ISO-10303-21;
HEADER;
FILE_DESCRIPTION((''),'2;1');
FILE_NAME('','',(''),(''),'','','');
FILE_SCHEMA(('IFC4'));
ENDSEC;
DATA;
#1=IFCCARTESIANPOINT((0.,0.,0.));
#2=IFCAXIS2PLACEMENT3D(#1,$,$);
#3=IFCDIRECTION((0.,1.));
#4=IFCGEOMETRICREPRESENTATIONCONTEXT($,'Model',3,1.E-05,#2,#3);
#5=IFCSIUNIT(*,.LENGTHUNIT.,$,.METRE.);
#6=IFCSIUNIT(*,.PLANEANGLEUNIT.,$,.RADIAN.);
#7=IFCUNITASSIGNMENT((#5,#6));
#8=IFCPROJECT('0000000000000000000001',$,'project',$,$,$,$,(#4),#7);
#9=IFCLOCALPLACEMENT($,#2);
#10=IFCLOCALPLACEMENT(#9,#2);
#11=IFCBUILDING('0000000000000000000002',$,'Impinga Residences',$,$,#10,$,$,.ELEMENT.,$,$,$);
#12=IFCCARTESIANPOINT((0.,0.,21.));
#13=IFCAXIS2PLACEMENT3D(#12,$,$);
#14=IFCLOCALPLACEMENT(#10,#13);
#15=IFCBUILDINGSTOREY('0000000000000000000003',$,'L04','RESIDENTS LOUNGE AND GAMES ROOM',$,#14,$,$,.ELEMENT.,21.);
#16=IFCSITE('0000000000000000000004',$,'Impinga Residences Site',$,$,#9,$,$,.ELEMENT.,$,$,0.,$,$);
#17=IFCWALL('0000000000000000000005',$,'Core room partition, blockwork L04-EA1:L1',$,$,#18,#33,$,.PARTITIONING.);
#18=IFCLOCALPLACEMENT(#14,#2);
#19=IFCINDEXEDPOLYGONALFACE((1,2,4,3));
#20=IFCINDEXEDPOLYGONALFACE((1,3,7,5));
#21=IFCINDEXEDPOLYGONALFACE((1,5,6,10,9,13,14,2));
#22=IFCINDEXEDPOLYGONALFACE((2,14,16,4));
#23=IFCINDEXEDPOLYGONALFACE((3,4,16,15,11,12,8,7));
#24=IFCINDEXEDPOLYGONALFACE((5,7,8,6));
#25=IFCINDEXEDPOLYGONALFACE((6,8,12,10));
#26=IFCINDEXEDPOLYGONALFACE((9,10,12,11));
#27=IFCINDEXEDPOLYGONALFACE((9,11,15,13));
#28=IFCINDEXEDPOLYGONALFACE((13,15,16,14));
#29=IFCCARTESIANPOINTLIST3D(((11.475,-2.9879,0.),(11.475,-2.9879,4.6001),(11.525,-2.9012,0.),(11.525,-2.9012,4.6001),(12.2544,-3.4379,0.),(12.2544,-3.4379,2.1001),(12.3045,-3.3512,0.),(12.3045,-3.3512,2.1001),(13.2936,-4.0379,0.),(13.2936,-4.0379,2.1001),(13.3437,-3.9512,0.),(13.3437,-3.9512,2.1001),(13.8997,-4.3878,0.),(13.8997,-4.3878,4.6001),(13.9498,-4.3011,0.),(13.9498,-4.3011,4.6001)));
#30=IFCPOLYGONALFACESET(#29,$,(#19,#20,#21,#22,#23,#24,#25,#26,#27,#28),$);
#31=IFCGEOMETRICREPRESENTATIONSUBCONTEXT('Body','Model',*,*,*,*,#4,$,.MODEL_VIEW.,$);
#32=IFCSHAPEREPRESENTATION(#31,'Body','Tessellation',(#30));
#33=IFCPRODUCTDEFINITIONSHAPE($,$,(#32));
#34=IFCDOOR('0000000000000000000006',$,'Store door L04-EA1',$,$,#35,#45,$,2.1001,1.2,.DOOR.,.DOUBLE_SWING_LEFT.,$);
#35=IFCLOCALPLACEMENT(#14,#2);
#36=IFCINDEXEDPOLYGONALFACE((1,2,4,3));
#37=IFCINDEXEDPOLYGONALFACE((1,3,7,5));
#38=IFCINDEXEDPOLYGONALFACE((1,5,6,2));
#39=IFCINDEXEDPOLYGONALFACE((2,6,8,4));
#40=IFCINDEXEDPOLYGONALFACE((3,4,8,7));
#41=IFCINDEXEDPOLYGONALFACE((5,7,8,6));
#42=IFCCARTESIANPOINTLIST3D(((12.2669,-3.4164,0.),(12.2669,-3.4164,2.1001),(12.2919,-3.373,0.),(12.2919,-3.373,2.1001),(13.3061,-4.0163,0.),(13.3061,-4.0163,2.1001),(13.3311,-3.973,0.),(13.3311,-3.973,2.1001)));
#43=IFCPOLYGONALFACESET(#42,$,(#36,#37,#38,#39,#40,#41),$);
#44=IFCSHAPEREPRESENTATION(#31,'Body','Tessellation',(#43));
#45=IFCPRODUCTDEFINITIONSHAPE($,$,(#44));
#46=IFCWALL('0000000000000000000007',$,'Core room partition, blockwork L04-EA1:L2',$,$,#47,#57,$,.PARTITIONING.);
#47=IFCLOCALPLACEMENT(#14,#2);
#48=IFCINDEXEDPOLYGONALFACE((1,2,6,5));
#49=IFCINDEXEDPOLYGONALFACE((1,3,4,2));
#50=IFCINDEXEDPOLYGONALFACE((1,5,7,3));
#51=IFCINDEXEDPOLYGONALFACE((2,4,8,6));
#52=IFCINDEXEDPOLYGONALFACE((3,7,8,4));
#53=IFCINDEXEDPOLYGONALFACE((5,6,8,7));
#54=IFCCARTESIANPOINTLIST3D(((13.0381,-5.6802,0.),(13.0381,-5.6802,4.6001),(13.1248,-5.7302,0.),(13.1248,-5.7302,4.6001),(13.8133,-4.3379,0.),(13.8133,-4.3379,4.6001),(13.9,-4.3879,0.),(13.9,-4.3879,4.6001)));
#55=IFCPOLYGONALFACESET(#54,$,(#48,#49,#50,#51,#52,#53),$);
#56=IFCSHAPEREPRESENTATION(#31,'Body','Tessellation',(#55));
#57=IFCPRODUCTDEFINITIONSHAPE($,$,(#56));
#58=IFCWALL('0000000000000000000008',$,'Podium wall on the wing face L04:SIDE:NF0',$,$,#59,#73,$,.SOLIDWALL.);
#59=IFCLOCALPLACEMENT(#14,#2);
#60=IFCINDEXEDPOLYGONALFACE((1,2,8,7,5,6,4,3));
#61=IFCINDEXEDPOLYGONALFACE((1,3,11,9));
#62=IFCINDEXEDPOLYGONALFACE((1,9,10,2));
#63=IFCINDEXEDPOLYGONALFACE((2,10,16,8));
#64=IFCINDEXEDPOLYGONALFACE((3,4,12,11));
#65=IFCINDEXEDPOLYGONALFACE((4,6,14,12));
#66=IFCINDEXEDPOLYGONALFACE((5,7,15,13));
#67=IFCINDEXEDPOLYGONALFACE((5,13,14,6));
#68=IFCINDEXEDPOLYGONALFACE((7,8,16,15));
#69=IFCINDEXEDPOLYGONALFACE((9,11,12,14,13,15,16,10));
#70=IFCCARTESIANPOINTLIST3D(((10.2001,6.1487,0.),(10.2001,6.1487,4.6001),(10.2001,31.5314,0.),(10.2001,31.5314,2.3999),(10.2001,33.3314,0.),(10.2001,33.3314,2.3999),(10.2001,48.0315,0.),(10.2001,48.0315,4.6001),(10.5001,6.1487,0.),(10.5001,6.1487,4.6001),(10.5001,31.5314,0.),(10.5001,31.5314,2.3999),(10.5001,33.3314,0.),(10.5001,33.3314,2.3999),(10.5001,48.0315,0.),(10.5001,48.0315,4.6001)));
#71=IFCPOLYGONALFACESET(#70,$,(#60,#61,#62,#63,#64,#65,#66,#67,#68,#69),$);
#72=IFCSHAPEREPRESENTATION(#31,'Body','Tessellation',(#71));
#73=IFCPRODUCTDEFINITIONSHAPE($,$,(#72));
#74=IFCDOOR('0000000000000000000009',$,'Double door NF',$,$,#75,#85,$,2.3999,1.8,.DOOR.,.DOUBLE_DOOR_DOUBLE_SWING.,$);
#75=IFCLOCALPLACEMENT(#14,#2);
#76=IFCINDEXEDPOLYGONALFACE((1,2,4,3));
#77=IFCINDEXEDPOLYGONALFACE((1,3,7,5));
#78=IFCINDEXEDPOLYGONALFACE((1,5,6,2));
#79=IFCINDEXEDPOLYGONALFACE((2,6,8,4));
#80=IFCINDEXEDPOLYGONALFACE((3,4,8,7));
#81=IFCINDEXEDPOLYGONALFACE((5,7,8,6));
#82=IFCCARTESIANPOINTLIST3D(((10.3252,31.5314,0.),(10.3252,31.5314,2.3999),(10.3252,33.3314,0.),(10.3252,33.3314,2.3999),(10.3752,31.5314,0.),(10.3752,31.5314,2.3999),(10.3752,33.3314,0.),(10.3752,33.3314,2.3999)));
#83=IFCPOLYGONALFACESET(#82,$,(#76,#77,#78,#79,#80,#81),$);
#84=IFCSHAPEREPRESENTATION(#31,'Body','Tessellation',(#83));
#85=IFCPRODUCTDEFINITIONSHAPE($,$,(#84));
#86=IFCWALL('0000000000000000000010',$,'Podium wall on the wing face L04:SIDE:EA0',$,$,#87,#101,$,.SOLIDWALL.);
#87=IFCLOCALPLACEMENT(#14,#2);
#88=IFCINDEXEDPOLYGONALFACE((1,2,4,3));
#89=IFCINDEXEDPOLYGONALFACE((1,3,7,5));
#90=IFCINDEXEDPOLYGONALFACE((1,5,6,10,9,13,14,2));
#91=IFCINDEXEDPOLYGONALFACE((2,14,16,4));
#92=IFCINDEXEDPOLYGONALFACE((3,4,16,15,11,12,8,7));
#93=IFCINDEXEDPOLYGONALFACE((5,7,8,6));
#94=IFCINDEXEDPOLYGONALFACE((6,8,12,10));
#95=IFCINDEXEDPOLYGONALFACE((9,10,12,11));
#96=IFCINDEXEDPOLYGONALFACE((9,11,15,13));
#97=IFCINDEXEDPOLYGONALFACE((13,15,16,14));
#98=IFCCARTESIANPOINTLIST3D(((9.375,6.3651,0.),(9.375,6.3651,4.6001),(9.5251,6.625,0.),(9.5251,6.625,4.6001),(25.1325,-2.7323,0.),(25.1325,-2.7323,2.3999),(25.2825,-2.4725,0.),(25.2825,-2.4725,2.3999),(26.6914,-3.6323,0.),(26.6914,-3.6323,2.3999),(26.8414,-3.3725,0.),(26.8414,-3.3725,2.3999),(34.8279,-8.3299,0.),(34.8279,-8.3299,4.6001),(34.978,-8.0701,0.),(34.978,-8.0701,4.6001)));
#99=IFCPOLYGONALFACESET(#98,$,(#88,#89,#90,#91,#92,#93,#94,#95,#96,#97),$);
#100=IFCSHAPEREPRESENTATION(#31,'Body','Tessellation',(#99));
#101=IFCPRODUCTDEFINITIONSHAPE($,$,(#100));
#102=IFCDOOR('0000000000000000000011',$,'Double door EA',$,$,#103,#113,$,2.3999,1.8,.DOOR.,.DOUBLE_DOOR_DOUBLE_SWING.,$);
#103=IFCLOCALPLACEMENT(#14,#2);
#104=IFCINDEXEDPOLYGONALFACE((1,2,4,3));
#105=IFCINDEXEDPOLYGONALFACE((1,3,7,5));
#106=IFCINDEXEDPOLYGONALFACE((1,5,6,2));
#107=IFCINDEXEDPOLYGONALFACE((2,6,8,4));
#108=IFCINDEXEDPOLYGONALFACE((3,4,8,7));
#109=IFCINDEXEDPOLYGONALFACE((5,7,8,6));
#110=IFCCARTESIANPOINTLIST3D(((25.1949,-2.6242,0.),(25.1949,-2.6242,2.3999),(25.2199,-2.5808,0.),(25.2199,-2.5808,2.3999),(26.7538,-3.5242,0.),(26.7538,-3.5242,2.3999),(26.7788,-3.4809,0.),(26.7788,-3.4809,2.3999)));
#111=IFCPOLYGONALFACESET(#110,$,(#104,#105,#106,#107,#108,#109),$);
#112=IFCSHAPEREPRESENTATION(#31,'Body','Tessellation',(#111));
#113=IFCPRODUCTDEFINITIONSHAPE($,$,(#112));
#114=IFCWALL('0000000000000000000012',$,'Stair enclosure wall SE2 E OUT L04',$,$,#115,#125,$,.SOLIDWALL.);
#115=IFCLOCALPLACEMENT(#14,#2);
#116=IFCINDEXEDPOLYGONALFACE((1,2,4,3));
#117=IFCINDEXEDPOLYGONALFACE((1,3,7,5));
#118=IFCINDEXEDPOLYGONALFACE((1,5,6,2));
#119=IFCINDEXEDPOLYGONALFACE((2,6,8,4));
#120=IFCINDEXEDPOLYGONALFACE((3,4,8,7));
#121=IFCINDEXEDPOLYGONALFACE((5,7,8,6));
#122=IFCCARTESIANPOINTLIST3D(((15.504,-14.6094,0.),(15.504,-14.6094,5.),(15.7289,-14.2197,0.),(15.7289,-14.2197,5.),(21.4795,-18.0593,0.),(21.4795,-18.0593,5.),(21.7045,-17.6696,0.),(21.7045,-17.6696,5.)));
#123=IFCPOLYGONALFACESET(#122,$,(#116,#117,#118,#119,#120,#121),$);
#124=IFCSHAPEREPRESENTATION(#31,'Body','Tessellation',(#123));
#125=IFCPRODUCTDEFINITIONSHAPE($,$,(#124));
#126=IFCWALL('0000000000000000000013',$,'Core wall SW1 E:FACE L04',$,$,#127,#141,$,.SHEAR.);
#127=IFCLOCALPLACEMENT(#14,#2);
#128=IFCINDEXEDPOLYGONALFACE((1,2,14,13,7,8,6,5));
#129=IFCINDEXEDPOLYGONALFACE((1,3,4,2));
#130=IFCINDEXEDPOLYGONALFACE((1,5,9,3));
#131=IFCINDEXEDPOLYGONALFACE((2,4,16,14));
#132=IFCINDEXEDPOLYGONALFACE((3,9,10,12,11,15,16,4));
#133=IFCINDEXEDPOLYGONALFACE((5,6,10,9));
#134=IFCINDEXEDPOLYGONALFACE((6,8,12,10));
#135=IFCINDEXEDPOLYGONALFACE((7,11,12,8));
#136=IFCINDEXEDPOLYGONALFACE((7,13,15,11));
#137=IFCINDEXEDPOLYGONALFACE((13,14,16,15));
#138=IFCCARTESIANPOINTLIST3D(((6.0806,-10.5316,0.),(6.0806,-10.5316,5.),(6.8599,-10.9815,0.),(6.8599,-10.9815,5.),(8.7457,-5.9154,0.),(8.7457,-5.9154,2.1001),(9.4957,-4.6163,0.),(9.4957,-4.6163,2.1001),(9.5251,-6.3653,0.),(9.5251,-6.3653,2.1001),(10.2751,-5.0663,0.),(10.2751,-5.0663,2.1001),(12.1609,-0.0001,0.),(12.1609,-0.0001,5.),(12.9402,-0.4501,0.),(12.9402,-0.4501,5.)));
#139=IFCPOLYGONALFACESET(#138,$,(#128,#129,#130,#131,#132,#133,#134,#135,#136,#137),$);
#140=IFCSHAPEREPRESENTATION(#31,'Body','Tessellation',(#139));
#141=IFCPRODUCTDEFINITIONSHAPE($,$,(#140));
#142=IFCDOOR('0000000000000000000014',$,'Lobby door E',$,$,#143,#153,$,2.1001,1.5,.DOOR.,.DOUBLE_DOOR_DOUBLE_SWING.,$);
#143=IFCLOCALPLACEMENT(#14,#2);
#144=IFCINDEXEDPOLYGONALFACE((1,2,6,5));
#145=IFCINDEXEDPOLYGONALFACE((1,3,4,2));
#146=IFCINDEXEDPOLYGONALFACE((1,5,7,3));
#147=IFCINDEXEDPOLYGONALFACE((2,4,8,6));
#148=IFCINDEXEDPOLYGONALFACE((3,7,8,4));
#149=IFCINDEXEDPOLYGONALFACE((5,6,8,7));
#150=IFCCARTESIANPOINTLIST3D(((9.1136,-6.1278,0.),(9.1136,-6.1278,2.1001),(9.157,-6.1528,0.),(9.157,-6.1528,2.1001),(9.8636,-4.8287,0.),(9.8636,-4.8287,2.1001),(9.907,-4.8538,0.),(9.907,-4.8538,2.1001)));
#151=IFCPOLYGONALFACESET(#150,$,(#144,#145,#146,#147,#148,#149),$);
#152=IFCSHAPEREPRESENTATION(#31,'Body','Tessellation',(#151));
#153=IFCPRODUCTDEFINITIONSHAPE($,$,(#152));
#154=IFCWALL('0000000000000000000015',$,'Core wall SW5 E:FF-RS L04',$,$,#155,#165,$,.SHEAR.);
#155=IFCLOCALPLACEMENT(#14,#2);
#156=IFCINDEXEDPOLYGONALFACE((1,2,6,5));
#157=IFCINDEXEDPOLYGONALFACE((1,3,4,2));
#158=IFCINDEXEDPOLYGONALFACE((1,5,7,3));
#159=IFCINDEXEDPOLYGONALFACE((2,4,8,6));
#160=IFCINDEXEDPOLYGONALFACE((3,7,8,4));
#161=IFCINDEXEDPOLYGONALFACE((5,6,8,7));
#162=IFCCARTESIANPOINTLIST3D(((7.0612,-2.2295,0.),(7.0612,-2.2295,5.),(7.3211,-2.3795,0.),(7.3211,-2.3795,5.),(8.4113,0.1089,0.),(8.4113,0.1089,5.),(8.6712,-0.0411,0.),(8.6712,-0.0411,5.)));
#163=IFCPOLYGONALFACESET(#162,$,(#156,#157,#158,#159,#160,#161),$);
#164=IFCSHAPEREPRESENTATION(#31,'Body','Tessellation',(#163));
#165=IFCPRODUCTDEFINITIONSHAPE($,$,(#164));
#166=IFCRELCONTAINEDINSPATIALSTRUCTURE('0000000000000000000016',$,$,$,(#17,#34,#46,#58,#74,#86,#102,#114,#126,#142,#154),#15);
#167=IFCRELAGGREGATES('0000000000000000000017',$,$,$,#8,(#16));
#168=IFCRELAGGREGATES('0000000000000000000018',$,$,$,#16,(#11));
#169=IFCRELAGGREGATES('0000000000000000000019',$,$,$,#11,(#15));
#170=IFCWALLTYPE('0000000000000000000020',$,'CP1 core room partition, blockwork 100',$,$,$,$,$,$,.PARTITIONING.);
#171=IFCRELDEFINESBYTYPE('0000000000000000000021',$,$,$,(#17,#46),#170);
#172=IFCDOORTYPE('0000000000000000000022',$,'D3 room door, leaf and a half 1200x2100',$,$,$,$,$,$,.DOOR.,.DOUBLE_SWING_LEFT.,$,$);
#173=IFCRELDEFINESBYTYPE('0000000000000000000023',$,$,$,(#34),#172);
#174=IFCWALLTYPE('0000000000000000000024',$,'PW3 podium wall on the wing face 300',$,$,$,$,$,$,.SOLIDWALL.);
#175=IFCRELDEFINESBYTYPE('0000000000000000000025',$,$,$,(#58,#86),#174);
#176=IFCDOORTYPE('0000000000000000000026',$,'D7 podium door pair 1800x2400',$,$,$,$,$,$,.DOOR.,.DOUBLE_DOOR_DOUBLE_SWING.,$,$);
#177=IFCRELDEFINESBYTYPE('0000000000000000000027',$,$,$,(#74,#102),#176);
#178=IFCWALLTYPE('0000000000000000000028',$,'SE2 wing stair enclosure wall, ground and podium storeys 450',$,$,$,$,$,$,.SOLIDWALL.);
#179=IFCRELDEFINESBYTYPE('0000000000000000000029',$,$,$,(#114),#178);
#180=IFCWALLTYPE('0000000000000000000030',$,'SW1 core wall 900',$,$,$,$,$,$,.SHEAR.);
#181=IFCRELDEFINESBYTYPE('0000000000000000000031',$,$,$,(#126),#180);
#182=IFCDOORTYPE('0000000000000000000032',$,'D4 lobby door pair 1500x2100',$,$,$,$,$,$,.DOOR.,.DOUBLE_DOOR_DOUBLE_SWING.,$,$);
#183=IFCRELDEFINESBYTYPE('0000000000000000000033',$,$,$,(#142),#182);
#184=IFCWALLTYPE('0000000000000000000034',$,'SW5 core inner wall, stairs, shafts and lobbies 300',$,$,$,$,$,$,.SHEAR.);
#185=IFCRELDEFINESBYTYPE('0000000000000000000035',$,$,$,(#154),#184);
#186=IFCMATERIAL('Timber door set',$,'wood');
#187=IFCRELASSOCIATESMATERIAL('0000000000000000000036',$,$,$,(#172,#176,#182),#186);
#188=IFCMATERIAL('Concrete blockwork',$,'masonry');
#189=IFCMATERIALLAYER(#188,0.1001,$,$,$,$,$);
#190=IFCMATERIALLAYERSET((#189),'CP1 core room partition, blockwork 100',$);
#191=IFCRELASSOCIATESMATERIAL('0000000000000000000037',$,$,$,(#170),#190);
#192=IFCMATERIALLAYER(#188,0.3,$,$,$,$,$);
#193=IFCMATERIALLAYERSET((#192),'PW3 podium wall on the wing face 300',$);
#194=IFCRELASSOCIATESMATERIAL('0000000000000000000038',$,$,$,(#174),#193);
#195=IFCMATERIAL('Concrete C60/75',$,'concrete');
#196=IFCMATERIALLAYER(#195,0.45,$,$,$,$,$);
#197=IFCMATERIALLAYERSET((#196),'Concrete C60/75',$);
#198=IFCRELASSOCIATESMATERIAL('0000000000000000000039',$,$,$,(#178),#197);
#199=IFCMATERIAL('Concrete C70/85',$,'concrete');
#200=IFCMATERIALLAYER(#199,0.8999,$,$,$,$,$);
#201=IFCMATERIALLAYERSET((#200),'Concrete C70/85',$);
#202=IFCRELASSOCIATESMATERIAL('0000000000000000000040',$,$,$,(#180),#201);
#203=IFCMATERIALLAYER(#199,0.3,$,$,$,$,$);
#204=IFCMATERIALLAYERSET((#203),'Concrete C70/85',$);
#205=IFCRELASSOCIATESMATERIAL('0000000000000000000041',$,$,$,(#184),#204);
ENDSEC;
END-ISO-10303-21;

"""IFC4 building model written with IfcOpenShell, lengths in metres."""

from ifc_helpers import new_model, si_unit, direction, frame, frame_2d, origin, place, context, subcontext, project, spatial, rectangle, extrude, material, layer, layer_set, type_object, element, fill, save


model = new_model("IFC4")

# Units and contexts
model_context = context("Model", 3, precision=1e-05, world=origin(), true_north=direction((0.0, 1.0)))
body_context = subcontext(model_context, "Body", "Model", "MODEL_VIEW")
ifc_project = project(units=[si_unit("LENGTHUNIT", "METRE"), si_unit("PLANEANGLEUNIT", "RADIAN")], contexts=[model_context])

# Site, building, storey
site_placement = place(None, origin())
site = spatial("IfcSite", under=ifc_project, at=site_placement, Name="Impinga Residences Site", CompositionType="ELEMENT", RefElevation=0.0)
building_placement = place(site_placement, origin())
building = spatial("IfcBuilding", under=site, at=building_placement, Name="Impinga Residences", CompositionType="ELEMENT")
storey_placement = place(building_placement, frame((0.0, 0.0, 21.0)))
storey = spatial("IfcBuildingStorey", under=building, at=storey_placement, Name="L04", Description="RESIDENTS LOUNGE AND GAMES ROOM", CompositionType="ELEMENT", Elevation=21.0)

# Shared definitions
ifc_material_1 = material(Name="Concrete C70/85", Category="concrete")

# Shared definitions
ifc_material_2 = material(Name="Concrete C60/75", Category="concrete")

# Shared definitions
ifc_material_3 = material(Name="Timber door set", Category="wood")
door_type_1 = type_object("IfcDoorType", Name="D3 room door, leaf and a half 1200x2100", OperationType="DOUBLE_SWING_LEFT", PredefinedType="DOOR", material=ifc_material_3)

# Wall, opening, door
ifc_material_4 = material(Name="Concrete blockwork", Category="masonry")
ifc_layer_1 = layer(ifc_material_4, 0.1001)
ifc_layer_set_1 = layer_set([ifc_layer_1], Name="CP1 core room partition, blockwork 100")
wall_type_1 = type_object("IfcWallType", Name="CP1 core room partition, blockwork 100", PredefinedType="PARTITIONING", material=ifc_layer_set_1)
wall_1_placement = place(storey_placement, frame((11.5, -2.9446, 0.0), z_axis=(0.0, 0.0, 1.0), x_axis=(0.866035, -0.499984, 0.0)))
wall_1 = element("IfcWall", 1, at=wall_1_placement, inside=storey, type_object=wall_type_1, Name="Core room partition, blockwork L04-EA1:L1", PredefinedType="PARTITIONING", context=body_context, shape_type="SweptSolid", body=[
    extrude(rectangle(XDim=2.7998, YDim=0.1001, at=frame_2d((1.3999, 0.0))), origin(), (0.0, 0.0, 1.0), 4.6001),
])
opening_1_placement = place(wall_1_placement, frame((0.8999, 0.0, 0.0)))
opening_1 = element("IfcOpeningElement", 2, at=opening_1_placement, cuts=wall_1, PredefinedType="OPENING", context=body_context, shape_type="SweptSolid", body=[
    extrude(rectangle(XDim=1.2, YDim=2.1001, at=frame_2d((0.6001, 1.05))), frame((0.0, 0.0601, 0.0), z_axis=(0.0, -1.0, 0.0), x_axis=(1.0, 0.0, 0.0)), (0.0, 0.0, 1.0), 0.1201),
])
door_1_placement = place(opening_1_placement, origin())
door_1 = element("IfcDoor", 3, at=door_1_placement, inside=storey, type_object=door_type_1, Name="Store door L04-EA1", OperationType="DOUBLE_SWING_LEFT", OverallHeight=2.1001, OverallWidth=1.2, PredefinedType="DOOR", context=body_context, shape_type="SweptSolid", body=[
    extrude(rectangle(XDim=1.2, YDim=2.1001, at=frame_2d((0.6001, 1.05))), frame((0.0, 0.0249, 0.0), z_axis=(0.0, -1.0, 0.0), x_axis=(1.0, 0.0, 0.0)), (0.0, 0.0, 1.0), 0.05),
])
fill(opening_1, door_1)

# Wall
wall_2_placement = place(storey_placement, frame((13.0815, -5.7051, 0.0), z_axis=(0.0, 0.0, 1.0), x_axis=(0.500086, 0.865976, 0.0)))
element("IfcWall", 4, at=wall_2_placement, inside=storey, type_object=wall_type_1, Name="Core room partition, blockwork L04-EA1:L2", PredefinedType="PARTITIONING", context=body_context, shape_type="SweptSolid", body=[
    extrude(rectangle(XDim=1.55, YDim=0.1001, at=frame_2d((0.7749, 0.0))), origin(), (0.0, 0.0, 1.0), 4.6001),
])

# Walls, openings, doors
ifc_layer_2 = layer(ifc_material_4, 0.3)
ifc_layer_set_2 = layer_set([ifc_layer_2], Name="PW3 podium wall on the wing face 300")
wall_type_2 = type_object("IfcWallType", Name="PW3 podium wall on the wing face 300", PredefinedType="SOLIDWALL", material=ifc_layer_set_2)
wall_3_placement = place(storey_placement, frame((10.3501, 6.1487, 0.0), z_axis=(0.0, 0.0, 1.0), x_axis=(0.0, 1.0, 0.0)))
wall_3 = element("IfcWall", 5, at=wall_3_placement, inside=storey, type_object=wall_type_2, Name="Podium wall on the wing face L04:SIDE:NF0", PredefinedType="SOLIDWALL", context=body_context, shape_type="SweptSolid", body=[
    extrude(rectangle(XDim=41.8828, YDim=0.3, at=frame_2d((20.9414, 0.0))), origin(), (0.0, 0.0, 1.0), 4.6001),
])
opening_2_placement = place(wall_3_placement, frame((25.3828, 0.0, 0.0)))
opening_2 = element("IfcOpeningElement", 6, at=opening_2_placement, cuts=wall_3, PredefinedType="OPENING", context=body_context, shape_type="SweptSolid", body=[
    extrude(rectangle(XDim=1.8, YDim=2.3999, at=frame_2d((0.8999, 1.2))), frame((0.0, 0.1599, 0.0), z_axis=(0.0, -1.0, 0.0), x_axis=(1.0, 0.0, 0.0)), (0.0, 0.0, 1.0), 0.3201),
])
door_type_2 = type_object("IfcDoorType", Name="D7 podium door pair 1800x2400", OperationType="DOUBLE_DOOR_DOUBLE_SWING", PredefinedType="DOOR", material=ifc_material_3)
door_2_placement = place(opening_2_placement, origin())
door_2 = element("IfcDoor", 7, at=door_2_placement, inside=storey, type_object=door_type_2, Name="Double door NF", OperationType="DOUBLE_DOOR_DOUBLE_SWING", OverallHeight=2.3999, OverallWidth=1.8, PredefinedType="DOOR", context=body_context, shape_type="SweptSolid", body=[
    extrude(rectangle(XDim=1.8, YDim=2.3999, at=frame_2d((0.8999, 1.2))), frame((0.0, 0.0249, 0.0), z_axis=(0.0, -1.0, 0.0), x_axis=(1.0, 0.0, 0.0)), (0.0, 0.0, 1.0), 0.05),
])
fill(opening_2, door_2)
wall_4_placement = place(storey_placement, frame((9.45, 6.4951, 0.0), z_axis=(0.0, 0.0, 1.0), x_axis=(0.866028, -0.499996, 0.0)))
wall_4 = element("IfcWall", 8, at=wall_4_placement, inside=storey, type_object=wall_type_2, Name="Podium wall on the wing face L04:SIDE:EA0", PredefinedType="SOLIDWALL", context=body_context, shape_type="SweptSolid", body=[
    extrude(rectangle(XDim=29.3904, YDim=0.3, at=frame_2d((14.6953, 0.0))), origin(), (0.0, 0.0, 1.0), 4.6001),
])
opening_3_placement = place(wall_4_placement, frame((18.1953, 0.0, 0.0)))
opening_3 = element("IfcOpeningElement", 9, at=opening_3_placement, cuts=wall_4, PredefinedType="OPENING", context=body_context, shape_type="SweptSolid", body=[
    extrude(rectangle(XDim=1.8, YDim=2.3999, at=frame_2d((0.8999, 1.2))), frame((0.0, 0.1599, 0.0), z_axis=(0.0, -1.0, 0.0), x_axis=(1.0, 0.0, 0.0)), (0.0, 0.0, 1.0), 0.3201),
])
door_3_placement = place(opening_3_placement, origin())
door_3 = element("IfcDoor", 10, at=door_3_placement, inside=storey, type_object=door_type_2, Name="Double door EA", OperationType="DOUBLE_DOOR_DOUBLE_SWING", OverallHeight=2.3999, OverallWidth=1.8, PredefinedType="DOOR", context=body_context, shape_type="SweptSolid", body=[
    extrude(rectangle(XDim=1.8, YDim=2.3999, at=frame_2d((0.8999, 1.2))), frame((0.0, 0.0249, 0.0), z_axis=(0.0, -1.0, 0.0), x_axis=(1.0, 0.0, 0.0)), (0.0, 0.0, 1.0), 0.05),
])
fill(opening_3, door_3)

# Wall
ifc_layer_3 = layer(ifc_material_2, 0.45)
ifc_layer_set_3 = layer_set([ifc_layer_3], Name="Concrete C60/75")
wall_type_3 = type_object("IfcWallType", Name="SE2 wing stair enclosure wall, ground and podium storeys 450", PredefinedType="SOLIDWALL", material=ifc_layer_set_3)
wall_5_placement = place(storey_placement, frame((15.6165, -14.4146, 0.0), z_axis=(0.0, 0.0, 1.0), x_axis=(0.866029, -0.499994, 0.0)))
element("IfcWall", 11, at=wall_5_placement, inside=storey, type_object=wall_type_3, Name="Stair enclosure wall SE2 E OUT L04", PredefinedType="SOLIDWALL", context=body_context, shape_type="SweptSolid", body=[
    extrude(rectangle(XDim=6.8999, YDim=0.45, at=frame_2d((3.45, 0.0))), origin(), (0.0, 0.0, 1.0), 5.0),
])

# Wall, opening, door
ifc_layer_4 = layer(ifc_material_1, 0.8999)
ifc_layer_set_4 = layer_set([ifc_layer_4], Name="Concrete C70/85")
wall_type_4 = type_object("IfcWallType", Name="SW1 core wall 900", PredefinedType="SHEAR", material=ifc_layer_set_4)
wall_6_placement = place(storey_placement, frame((12.5505, -0.2251, 0.0), z_axis=(0.0, 0.0, 1.0), x_axis=(-0.499998, -0.866027, 0.0)))
wall_6 = element("IfcWall", 12, at=wall_6_placement, inside=storey, type_object=wall_type_4, Name="Core wall SW1 E:FACE L04", PredefinedType="SHEAR", context=body_context, shape_type="SweptSolid", body=[
    extrude(rectangle(XDim=12.1606, YDim=0.8999, at=frame_2d((6.0803, 0.0))), origin(), (0.0, 0.0, 1.0), 5.0),
])
opening_4_placement = place(wall_6_placement, frame((5.3303, 0.0, 0.0)))
opening_4 = element("IfcOpeningElement", 13, at=opening_4_placement, cuts=wall_6, PredefinedType="OPENING", context=body_context, shape_type="SweptSolid", body=[
    extrude(rectangle(XDim=1.5, YDim=2.1001, at=frame_2d((0.75, 1.05))), frame((0.0, 0.46, 0.0), z_axis=(0.0, -1.0, 0.0), x_axis=(1.0, 0.0, 0.0)), (0.0, 0.0, 1.0), 0.9199),
])
door_type_3 = type_object("IfcDoorType", Name="D4 lobby door pair 1500x2100", OperationType="DOUBLE_DOOR_DOUBLE_SWING", PredefinedType="DOOR", material=ifc_material_3)
door_4_placement = place(opening_4_placement, origin())
door_4 = element("IfcDoor", 14, at=door_4_placement, inside=storey, type_object=door_type_3, Name="Lobby door E", OperationType="DOUBLE_DOOR_DOUBLE_SWING", OverallHeight=2.1001, OverallWidth=1.5, PredefinedType="DOOR", context=body_context, shape_type="SweptSolid", body=[
    extrude(rectangle(XDim=1.5, YDim=2.1001, at=frame_2d((0.75, 1.05))), frame((0.0, 0.0249, 0.0), z_axis=(0.0, -1.0, 0.0), x_axis=(1.0, 0.0, 0.0)), (0.0, 0.0, 1.0), 0.05),
])
fill(opening_4, door_4)

# Wall
ifc_layer_5 = layer(ifc_material_1, 0.3)
ifc_layer_set_5 = layer_set([ifc_layer_5], Name="Concrete C70/85")
wall_type_5 = type_object("IfcWallType", Name="SW5 core inner wall, stairs, shafts and lobbies 300", PredefinedType="SHEAR", material=ifc_layer_set_5)
wall_7_placement = place(storey_placement, frame((8.5413, 0.0339, 0.0), z_axis=(0.0, 0.0, 1.0), x_axis=(-0.500009, -0.86602, 0.0)))
element("IfcWall", 15, at=wall_7_placement, inside=storey, type_object=wall_type_5, Name="Core wall SW5 E:FF-RS L04", PredefinedType="SHEAR", context=body_context, shape_type="SweptSolid", body=[
    extrude(rectangle(XDim=2.7002, YDim=0.3, at=frame_2d((1.3501, 0.0))), origin(), (0.0, 0.0, 1.0), 5.0),
])

save(model, "model.ifc")
